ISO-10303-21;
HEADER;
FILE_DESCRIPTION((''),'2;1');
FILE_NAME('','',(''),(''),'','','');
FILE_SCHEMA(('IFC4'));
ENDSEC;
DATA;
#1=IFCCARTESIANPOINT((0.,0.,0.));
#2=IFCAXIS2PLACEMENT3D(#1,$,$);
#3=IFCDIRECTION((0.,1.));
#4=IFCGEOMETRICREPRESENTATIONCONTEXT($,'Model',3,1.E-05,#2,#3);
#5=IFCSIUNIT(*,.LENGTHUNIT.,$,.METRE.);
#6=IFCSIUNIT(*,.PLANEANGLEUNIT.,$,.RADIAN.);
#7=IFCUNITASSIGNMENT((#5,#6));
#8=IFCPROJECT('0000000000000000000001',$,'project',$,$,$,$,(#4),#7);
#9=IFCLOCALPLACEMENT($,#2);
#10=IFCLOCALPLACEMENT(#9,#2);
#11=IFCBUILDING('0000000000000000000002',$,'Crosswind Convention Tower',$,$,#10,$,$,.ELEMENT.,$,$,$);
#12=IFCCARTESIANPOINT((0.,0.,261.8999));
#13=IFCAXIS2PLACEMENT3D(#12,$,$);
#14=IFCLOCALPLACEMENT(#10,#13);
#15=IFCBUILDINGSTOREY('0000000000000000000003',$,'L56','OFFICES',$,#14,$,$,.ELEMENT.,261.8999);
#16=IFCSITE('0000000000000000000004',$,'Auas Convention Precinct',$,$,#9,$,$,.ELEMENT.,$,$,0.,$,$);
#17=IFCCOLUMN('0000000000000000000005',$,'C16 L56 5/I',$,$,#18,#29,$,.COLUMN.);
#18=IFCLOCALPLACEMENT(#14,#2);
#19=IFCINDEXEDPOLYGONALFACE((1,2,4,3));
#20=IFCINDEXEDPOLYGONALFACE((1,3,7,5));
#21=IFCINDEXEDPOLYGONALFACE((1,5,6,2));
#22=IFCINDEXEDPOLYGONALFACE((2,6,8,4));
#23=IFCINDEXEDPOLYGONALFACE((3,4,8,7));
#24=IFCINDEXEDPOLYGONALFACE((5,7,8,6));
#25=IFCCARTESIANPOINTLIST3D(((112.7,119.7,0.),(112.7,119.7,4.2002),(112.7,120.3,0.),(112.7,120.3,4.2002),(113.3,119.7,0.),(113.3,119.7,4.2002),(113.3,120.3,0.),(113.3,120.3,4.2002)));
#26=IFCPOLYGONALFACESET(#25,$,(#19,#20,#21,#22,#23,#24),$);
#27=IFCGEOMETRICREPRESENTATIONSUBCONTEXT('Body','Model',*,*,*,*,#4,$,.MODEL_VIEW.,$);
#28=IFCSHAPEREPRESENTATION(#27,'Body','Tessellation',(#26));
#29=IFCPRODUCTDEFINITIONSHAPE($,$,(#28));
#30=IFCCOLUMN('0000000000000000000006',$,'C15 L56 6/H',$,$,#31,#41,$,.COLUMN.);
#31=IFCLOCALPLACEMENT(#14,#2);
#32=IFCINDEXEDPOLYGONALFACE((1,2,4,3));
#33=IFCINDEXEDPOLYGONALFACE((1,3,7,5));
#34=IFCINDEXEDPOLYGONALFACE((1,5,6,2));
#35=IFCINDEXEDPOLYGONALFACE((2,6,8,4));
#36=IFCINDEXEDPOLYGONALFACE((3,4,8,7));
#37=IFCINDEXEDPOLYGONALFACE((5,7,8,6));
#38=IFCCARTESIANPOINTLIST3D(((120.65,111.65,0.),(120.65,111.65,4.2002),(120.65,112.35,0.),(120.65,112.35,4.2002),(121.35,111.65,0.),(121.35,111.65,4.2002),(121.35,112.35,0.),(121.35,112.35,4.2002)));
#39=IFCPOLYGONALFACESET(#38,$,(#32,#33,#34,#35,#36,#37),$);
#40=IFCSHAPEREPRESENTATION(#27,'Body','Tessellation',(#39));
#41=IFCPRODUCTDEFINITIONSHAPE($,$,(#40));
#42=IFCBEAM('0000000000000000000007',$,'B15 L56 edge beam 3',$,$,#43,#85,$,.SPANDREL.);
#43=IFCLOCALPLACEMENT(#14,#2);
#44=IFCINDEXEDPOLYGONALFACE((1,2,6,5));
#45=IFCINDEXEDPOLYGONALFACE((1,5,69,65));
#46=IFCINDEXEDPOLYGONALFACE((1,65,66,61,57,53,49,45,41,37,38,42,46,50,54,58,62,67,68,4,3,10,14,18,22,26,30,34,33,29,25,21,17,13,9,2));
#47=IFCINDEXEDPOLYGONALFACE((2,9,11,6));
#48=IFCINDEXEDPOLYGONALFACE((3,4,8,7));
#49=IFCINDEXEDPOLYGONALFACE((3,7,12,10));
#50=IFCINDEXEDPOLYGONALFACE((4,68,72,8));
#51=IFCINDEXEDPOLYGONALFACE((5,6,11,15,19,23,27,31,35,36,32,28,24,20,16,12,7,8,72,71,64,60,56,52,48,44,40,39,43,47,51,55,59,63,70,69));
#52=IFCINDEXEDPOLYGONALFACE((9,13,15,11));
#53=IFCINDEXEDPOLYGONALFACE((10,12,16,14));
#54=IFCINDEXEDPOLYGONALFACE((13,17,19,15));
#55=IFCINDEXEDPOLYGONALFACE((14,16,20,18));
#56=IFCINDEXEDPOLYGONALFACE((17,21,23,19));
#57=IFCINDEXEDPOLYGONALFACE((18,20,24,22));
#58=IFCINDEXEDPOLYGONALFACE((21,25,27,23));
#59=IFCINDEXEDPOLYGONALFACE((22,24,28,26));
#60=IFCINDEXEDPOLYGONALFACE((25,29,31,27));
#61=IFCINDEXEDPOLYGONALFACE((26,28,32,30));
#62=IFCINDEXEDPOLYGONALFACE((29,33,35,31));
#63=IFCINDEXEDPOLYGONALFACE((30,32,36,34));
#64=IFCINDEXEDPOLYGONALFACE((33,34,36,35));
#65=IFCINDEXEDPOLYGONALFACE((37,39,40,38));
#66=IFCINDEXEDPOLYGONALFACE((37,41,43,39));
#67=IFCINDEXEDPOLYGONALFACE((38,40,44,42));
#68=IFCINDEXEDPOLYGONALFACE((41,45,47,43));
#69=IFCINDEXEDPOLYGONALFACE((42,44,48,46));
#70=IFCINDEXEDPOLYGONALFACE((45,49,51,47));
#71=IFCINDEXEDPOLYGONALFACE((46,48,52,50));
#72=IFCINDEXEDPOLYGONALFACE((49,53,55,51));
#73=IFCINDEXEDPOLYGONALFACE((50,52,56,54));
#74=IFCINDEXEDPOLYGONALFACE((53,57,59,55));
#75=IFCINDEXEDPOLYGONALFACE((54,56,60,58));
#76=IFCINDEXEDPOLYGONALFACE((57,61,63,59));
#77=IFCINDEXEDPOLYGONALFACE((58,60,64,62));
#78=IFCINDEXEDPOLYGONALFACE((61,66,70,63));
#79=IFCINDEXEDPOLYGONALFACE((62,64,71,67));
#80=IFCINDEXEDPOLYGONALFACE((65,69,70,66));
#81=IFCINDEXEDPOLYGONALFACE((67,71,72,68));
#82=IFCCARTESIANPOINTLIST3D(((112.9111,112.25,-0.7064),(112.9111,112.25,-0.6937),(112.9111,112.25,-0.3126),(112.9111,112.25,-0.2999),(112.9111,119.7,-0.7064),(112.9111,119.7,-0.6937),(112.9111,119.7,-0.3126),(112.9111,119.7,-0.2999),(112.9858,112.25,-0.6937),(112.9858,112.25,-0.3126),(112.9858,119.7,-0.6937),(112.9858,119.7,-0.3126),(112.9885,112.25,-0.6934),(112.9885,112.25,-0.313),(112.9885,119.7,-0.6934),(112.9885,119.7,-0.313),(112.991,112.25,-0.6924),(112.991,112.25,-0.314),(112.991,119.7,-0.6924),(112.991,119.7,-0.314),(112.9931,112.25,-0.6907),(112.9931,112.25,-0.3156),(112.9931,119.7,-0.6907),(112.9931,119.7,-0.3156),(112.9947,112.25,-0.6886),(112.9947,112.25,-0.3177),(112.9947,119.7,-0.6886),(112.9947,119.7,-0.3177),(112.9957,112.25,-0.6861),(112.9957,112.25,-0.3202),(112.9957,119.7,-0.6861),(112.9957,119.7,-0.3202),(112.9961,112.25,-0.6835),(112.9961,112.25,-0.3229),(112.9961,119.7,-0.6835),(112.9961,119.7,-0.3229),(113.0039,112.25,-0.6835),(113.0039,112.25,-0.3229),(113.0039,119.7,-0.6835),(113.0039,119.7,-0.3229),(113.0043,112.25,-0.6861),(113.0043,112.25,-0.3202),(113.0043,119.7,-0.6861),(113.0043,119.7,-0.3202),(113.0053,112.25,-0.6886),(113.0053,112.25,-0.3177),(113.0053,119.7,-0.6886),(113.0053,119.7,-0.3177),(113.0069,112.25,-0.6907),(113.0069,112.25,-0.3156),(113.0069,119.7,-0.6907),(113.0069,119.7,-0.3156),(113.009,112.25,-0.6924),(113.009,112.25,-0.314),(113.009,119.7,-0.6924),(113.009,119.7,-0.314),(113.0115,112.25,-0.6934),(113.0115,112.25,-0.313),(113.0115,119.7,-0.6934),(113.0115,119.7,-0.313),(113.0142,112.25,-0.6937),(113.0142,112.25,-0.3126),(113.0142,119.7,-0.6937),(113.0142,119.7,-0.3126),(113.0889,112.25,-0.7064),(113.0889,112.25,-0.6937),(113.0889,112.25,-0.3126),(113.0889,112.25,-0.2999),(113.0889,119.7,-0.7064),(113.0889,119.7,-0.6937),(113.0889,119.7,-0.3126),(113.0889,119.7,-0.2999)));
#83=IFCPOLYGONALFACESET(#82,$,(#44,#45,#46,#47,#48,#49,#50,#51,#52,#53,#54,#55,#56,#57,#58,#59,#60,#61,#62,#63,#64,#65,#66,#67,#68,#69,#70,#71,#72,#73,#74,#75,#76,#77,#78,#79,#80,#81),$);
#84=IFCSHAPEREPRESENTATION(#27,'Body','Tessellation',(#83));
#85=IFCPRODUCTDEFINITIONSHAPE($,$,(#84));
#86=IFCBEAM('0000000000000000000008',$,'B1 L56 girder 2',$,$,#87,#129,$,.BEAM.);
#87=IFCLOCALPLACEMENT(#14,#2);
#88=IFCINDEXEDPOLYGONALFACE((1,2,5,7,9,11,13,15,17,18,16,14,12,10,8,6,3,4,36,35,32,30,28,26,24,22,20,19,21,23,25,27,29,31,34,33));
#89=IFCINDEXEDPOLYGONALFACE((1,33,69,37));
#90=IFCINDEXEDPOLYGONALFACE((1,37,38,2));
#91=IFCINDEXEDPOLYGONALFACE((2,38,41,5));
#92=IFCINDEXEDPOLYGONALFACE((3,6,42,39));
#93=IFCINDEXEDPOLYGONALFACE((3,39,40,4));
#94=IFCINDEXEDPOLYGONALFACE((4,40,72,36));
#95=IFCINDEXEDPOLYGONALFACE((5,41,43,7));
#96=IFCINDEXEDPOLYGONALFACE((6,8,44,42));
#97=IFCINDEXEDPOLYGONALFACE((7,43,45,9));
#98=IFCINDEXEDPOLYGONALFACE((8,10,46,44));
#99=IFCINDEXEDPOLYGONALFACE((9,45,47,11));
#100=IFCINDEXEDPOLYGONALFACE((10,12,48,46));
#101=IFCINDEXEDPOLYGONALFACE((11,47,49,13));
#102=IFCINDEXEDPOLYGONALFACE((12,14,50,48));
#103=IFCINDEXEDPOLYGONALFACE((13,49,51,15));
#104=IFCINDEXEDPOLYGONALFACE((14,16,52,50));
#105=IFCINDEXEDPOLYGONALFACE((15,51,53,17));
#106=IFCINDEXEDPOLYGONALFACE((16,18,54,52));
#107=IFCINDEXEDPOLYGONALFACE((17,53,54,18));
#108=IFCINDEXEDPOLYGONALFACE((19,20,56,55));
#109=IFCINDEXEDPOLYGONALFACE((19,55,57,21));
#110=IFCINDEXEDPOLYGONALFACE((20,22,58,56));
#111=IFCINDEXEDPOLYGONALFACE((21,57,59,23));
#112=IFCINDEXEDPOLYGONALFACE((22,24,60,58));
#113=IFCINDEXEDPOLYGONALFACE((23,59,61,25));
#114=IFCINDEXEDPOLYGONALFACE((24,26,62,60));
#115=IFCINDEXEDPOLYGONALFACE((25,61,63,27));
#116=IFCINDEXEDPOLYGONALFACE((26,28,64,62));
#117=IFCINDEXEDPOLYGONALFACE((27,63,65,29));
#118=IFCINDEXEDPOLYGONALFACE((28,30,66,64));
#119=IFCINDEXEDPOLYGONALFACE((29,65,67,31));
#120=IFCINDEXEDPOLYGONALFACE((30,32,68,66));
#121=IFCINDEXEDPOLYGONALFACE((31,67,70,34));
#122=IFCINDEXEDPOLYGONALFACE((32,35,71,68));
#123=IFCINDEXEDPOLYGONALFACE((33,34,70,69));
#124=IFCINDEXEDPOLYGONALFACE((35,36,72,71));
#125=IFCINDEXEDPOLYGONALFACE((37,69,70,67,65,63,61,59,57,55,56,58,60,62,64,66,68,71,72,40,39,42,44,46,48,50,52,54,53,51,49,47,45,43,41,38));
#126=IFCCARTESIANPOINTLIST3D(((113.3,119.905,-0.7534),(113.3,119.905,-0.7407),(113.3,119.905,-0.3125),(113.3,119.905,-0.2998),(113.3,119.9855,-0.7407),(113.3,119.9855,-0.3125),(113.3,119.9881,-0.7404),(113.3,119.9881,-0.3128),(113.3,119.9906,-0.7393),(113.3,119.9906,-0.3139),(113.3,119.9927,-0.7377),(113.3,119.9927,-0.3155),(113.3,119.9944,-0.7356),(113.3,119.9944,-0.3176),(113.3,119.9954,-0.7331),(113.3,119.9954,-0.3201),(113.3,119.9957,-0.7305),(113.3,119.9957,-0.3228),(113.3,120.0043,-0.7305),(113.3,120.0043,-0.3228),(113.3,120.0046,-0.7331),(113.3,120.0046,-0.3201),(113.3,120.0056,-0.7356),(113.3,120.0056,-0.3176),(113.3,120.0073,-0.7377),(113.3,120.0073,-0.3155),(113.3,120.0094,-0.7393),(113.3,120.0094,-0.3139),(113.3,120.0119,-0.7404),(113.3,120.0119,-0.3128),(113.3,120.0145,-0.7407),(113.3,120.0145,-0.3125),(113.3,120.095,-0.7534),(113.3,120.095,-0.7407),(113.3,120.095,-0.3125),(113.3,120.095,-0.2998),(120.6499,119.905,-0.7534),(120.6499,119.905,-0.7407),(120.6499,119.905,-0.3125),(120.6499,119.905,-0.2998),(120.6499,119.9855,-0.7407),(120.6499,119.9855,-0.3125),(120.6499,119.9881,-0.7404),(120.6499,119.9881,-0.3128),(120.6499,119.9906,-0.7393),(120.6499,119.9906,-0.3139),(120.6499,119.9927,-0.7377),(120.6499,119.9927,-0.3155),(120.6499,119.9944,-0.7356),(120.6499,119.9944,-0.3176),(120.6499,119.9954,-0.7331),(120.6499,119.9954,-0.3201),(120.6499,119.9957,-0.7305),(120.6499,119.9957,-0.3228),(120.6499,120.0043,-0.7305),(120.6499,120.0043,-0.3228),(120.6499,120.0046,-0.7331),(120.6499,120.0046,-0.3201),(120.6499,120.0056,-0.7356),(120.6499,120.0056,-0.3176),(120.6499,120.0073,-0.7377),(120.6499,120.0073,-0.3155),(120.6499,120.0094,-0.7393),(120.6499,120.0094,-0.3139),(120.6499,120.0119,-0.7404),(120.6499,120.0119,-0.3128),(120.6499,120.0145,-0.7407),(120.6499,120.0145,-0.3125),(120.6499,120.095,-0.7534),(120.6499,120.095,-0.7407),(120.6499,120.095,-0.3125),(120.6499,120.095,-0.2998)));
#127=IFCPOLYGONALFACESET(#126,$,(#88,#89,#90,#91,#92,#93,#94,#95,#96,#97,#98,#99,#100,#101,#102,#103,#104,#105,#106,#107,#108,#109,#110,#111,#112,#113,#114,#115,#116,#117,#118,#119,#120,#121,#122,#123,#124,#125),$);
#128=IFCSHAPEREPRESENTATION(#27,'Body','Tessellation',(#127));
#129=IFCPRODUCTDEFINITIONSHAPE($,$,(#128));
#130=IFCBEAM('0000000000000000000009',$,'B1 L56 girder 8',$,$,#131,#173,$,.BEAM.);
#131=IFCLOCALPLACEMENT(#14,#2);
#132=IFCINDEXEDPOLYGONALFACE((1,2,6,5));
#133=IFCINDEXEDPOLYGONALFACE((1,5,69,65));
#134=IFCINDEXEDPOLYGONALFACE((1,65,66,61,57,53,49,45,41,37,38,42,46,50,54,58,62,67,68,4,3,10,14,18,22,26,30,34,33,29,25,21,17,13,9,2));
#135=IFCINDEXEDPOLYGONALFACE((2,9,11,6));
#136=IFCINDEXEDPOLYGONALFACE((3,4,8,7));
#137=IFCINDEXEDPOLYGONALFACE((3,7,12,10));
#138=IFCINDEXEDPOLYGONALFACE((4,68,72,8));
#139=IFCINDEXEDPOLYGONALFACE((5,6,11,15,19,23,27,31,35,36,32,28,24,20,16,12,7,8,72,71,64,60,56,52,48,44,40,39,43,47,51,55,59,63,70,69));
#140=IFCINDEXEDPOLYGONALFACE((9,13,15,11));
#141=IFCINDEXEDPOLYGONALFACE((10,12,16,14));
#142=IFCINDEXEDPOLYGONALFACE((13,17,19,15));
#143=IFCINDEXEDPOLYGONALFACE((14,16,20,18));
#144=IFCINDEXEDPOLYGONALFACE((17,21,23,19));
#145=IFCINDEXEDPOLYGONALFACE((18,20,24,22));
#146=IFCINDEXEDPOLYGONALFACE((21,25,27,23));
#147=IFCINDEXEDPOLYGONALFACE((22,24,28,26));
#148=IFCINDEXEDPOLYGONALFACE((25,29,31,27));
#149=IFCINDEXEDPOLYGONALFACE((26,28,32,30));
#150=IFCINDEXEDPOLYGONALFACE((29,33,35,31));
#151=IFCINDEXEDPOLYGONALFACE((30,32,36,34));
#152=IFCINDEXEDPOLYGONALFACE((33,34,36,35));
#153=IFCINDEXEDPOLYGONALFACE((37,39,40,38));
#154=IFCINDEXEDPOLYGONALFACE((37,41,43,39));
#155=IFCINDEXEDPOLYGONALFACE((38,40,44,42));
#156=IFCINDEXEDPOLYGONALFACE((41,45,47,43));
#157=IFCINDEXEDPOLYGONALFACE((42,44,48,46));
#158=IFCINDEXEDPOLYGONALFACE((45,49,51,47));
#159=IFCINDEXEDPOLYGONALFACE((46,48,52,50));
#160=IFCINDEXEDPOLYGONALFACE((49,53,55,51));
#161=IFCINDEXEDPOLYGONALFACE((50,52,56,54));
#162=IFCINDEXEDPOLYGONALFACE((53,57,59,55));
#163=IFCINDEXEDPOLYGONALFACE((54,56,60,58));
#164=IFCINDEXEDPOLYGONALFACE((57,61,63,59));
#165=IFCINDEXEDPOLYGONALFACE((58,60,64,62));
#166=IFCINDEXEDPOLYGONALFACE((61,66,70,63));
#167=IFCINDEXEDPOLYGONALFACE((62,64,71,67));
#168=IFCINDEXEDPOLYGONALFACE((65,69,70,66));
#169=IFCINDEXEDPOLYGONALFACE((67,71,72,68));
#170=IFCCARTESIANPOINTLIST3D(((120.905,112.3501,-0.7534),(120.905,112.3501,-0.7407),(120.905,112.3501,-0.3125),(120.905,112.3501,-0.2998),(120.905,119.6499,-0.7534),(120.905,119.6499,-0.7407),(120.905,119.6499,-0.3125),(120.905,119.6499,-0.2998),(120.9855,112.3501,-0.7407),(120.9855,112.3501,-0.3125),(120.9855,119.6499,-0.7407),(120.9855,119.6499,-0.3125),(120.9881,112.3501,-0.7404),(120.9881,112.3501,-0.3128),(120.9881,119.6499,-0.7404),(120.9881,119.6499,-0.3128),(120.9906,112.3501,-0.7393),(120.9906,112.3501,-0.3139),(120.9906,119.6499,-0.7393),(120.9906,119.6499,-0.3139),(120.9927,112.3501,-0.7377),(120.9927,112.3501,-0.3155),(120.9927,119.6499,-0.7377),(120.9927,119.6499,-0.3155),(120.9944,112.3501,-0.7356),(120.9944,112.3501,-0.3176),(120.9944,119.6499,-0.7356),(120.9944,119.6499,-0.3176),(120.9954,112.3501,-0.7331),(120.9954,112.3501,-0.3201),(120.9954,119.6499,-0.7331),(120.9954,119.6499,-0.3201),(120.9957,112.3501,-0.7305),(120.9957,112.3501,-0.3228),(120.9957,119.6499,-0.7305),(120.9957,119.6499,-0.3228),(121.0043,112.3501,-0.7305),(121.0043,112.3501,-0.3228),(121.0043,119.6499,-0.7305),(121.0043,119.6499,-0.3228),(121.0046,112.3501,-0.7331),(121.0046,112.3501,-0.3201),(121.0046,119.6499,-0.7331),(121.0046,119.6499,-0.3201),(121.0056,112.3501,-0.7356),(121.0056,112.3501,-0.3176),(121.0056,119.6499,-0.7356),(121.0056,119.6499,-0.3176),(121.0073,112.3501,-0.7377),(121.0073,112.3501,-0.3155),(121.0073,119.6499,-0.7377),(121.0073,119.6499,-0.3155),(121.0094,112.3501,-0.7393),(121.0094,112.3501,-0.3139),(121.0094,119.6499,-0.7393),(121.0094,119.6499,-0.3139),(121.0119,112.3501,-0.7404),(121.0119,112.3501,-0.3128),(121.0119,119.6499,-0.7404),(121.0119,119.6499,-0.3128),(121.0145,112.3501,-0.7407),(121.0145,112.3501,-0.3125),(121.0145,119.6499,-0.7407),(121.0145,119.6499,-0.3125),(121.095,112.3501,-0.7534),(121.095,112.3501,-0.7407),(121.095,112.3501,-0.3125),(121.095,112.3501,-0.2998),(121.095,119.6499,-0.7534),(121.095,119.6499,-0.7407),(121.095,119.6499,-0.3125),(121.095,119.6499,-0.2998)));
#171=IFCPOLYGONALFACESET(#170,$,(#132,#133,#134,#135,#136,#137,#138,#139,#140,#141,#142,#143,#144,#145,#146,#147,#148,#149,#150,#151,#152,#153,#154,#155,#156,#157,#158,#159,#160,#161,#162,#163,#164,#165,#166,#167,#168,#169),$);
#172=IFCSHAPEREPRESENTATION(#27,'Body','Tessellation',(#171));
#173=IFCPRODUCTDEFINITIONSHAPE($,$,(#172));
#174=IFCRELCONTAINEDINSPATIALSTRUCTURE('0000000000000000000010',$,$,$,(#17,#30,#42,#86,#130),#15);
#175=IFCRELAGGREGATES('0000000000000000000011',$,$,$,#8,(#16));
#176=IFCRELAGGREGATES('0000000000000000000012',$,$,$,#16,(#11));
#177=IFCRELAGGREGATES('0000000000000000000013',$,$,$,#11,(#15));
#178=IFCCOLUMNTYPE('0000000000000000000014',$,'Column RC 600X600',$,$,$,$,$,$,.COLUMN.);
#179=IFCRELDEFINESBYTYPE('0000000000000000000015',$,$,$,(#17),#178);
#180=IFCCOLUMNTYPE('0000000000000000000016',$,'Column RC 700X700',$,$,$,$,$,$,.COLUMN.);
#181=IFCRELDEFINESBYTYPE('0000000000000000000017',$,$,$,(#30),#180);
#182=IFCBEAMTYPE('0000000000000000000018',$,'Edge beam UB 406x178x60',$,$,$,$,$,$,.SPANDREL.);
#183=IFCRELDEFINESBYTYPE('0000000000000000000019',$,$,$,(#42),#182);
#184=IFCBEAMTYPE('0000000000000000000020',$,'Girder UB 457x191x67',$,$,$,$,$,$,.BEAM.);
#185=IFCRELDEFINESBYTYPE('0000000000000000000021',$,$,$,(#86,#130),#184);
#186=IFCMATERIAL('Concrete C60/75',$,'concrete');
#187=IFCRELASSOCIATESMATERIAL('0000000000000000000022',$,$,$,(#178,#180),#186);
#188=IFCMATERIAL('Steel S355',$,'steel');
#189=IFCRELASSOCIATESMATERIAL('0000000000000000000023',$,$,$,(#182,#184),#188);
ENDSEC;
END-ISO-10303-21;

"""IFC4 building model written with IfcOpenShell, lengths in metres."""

from ifc_helpers import new_model, si_unit, direction, frame, origin, origin_2d, place, context, subcontext, project, spatial, rectangle, i_section, extrude, material, material_profile, profile_set, type_object, element, save


model = new_model("IFC4")

# Units and contexts
model_context = context("Model", 3, precision=1e-05, world=origin(), true_north=direction((0.0, 1.0)))
body_context = subcontext(model_context, "Body", "Model", "MODEL_VIEW")
ifc_project = project(units=[si_unit("LENGTHUNIT", "METRE"), si_unit("PLANEANGLEUNIT", "RADIAN")], contexts=[model_context])

# Site, building, storey
site_placement = place(None, origin())
site = spatial("IfcSite", under=ifc_project, at=site_placement, Name="Auas Convention Precinct", CompositionType="ELEMENT", RefElevation=0.0)
building_placement = place(site_placement, origin())
building = spatial("IfcBuilding", under=site, at=building_placement, Name="Crosswind Convention Tower", CompositionType="ELEMENT")
storey_placement = place(building_placement, frame((0.0, 0.0, 261.8999)))
storey = spatial("IfcBuildingStorey", under=building, at=storey_placement, Name="L56", Description="OFFICES", CompositionType="ELEMENT", Elevation=261.8999)

# Columns
ifc_material_1 = material(Name="Concrete C60/75", Category="concrete")
ifc_material_profile_1 = material_profile(ifc_material_1, rectangle(XDim=0.6001, YDim=0.6001, at=origin_2d()), Name="RC 600X600")
ifc_profile_set_1 = profile_set([ifc_material_profile_1], Name="Concrete C60/75")
column_type_1 = type_object("IfcColumnType", Name="Column RC 600X600", PredefinedType="COLUMN", material=ifc_profile_set_1)
column_1_placement = place(storey_placement, frame((113.0, 120.0, 0.0), z_axis=(0.0, 0.0, 1.0), x_axis=(1.0, 0.0, 0.0)))
element("IfcColumn", 1, at=column_1_placement, inside=storey, type_object=column_type_1, Name="C16 L56 5/I", PredefinedType="COLUMN", context=body_context, shape_type="SweptSolid", body=[
    extrude(rectangle(XDim=0.6001, YDim=0.6001, at=origin_2d()), origin(), (0.0, 0.0, 1.0), 4.2002),
])
ifc_material_profile_2 = material_profile(ifc_material_1, rectangle(XDim=0.7, YDim=0.7, at=origin_2d()), Name="RC 700X700")
ifc_profile_set_2 = profile_set([ifc_material_profile_2], Name="Concrete C60/75")
column_type_2 = type_object("IfcColumnType", Name="Column RC 700X700", PredefinedType="COLUMN", material=ifc_profile_set_2)
column_2_placement = place(storey_placement, frame((121.0, 112.0, 0.0), z_axis=(0.0, 0.0, 1.0), x_axis=(1.0, 0.0, 0.0)))
element("IfcColumn", 2, at=column_2_placement, inside=storey, type_object=column_type_2, Name="C15 L56 6/H", PredefinedType="COLUMN", context=body_context, shape_type="SweptSolid", body=[
    extrude(rectangle(XDim=0.7, YDim=0.7, at=origin_2d()), origin(), (0.0, 0.0, 1.0), 4.2002),
])

# Beams
ifc_material_2 = material(Name="Steel S355", Category="steel")
ifc_material_profile_3 = material_profile(ifc_material_2, i_section(OverallWidth=0.1777, OverallDepth=0.4065, WebThickness=0.0078, FlangeThickness=0.0127, FilletRadius=0.0103, at=origin_2d()), Name="UB 406x178x60")
ifc_profile_set_3 = profile_set([ifc_material_profile_3], Name="Steel S355")
beam_type_1 = type_object("IfcBeamType", Name="Edge beam UB 406x178x60", PredefinedType="SPANDREL", material=ifc_profile_set_3)
beam_1_placement = place(storey_placement, frame((113.0, 112.25, -0.5032), z_axis=(0.0, 1.0, 0.0), x_axis=(-1.0, 0.0, 0.0)))
element("IfcBeam", 3, at=beam_1_placement, inside=storey, type_object=beam_type_1, Name="B15 L56 edge beam 3", PredefinedType="SPANDREL", context=body_context, shape_type="SweptSolid", body=[
    extrude(i_section(OverallWidth=0.1777, OverallDepth=0.4065, WebThickness=0.0078, FlangeThickness=0.0127, FilletRadius=0.0103, at=origin_2d()), origin(), (0.0, 0.0, 1.0), 7.45),
])
ifc_material_profile_4 = material_profile(ifc_material_2, i_section(OverallWidth=0.1899, OverallDepth=0.4536, WebThickness=0.0085, FlangeThickness=0.0127, FilletRadius=0.0103, at=origin_2d()), Name="UB 457x191x67")
ifc_profile_set_4 = profile_set([ifc_material_profile_4], Name="Steel S355")
beam_type_2 = type_object("IfcBeamType", Name="Girder UB 457x191x67", PredefinedType="BEAM", material=ifc_profile_set_4)
beam_2_placement = place(storey_placement, frame((113.3, 120.0, -0.5266), z_axis=(1.0, 0.0, 0.0), x_axis=(0.0, 1.0, 0.0)))
element("IfcBeam", 4, at=beam_2_placement, inside=storey, type_object=beam_type_2, Name="B1 L56 girder 2", PredefinedType="BEAM", context=body_context, shape_type="SweptSolid", body=[
    extrude(i_section(OverallWidth=0.1899, OverallDepth=0.4536, WebThickness=0.0085, FlangeThickness=0.0127, FilletRadius=0.0103, at=origin_2d()), origin(), (0.0, 0.0, 1.0), 7.3499),
])
beam_3_placement = place(storey_placement, frame((121.0, 112.3501, -0.5266), z_axis=(0.0, 1.0, 0.0), x_axis=(-1.0, 0.0, 0.0)))
element("IfcBeam", 5, at=beam_3_placement, inside=storey, type_object=beam_type_2, Name="B1 L56 girder 8", PredefinedType="BEAM", context=body_context, shape_type="SweptSolid", body=[
    extrude(i_section(OverallWidth=0.1899, OverallDepth=0.4536, WebThickness=0.0085, FlangeThickness=0.0127, FilletRadius=0.0103, at=origin_2d()), origin(), (0.0, 0.0, 1.0), 7.2998),
])

save(model, "model.ifc")
